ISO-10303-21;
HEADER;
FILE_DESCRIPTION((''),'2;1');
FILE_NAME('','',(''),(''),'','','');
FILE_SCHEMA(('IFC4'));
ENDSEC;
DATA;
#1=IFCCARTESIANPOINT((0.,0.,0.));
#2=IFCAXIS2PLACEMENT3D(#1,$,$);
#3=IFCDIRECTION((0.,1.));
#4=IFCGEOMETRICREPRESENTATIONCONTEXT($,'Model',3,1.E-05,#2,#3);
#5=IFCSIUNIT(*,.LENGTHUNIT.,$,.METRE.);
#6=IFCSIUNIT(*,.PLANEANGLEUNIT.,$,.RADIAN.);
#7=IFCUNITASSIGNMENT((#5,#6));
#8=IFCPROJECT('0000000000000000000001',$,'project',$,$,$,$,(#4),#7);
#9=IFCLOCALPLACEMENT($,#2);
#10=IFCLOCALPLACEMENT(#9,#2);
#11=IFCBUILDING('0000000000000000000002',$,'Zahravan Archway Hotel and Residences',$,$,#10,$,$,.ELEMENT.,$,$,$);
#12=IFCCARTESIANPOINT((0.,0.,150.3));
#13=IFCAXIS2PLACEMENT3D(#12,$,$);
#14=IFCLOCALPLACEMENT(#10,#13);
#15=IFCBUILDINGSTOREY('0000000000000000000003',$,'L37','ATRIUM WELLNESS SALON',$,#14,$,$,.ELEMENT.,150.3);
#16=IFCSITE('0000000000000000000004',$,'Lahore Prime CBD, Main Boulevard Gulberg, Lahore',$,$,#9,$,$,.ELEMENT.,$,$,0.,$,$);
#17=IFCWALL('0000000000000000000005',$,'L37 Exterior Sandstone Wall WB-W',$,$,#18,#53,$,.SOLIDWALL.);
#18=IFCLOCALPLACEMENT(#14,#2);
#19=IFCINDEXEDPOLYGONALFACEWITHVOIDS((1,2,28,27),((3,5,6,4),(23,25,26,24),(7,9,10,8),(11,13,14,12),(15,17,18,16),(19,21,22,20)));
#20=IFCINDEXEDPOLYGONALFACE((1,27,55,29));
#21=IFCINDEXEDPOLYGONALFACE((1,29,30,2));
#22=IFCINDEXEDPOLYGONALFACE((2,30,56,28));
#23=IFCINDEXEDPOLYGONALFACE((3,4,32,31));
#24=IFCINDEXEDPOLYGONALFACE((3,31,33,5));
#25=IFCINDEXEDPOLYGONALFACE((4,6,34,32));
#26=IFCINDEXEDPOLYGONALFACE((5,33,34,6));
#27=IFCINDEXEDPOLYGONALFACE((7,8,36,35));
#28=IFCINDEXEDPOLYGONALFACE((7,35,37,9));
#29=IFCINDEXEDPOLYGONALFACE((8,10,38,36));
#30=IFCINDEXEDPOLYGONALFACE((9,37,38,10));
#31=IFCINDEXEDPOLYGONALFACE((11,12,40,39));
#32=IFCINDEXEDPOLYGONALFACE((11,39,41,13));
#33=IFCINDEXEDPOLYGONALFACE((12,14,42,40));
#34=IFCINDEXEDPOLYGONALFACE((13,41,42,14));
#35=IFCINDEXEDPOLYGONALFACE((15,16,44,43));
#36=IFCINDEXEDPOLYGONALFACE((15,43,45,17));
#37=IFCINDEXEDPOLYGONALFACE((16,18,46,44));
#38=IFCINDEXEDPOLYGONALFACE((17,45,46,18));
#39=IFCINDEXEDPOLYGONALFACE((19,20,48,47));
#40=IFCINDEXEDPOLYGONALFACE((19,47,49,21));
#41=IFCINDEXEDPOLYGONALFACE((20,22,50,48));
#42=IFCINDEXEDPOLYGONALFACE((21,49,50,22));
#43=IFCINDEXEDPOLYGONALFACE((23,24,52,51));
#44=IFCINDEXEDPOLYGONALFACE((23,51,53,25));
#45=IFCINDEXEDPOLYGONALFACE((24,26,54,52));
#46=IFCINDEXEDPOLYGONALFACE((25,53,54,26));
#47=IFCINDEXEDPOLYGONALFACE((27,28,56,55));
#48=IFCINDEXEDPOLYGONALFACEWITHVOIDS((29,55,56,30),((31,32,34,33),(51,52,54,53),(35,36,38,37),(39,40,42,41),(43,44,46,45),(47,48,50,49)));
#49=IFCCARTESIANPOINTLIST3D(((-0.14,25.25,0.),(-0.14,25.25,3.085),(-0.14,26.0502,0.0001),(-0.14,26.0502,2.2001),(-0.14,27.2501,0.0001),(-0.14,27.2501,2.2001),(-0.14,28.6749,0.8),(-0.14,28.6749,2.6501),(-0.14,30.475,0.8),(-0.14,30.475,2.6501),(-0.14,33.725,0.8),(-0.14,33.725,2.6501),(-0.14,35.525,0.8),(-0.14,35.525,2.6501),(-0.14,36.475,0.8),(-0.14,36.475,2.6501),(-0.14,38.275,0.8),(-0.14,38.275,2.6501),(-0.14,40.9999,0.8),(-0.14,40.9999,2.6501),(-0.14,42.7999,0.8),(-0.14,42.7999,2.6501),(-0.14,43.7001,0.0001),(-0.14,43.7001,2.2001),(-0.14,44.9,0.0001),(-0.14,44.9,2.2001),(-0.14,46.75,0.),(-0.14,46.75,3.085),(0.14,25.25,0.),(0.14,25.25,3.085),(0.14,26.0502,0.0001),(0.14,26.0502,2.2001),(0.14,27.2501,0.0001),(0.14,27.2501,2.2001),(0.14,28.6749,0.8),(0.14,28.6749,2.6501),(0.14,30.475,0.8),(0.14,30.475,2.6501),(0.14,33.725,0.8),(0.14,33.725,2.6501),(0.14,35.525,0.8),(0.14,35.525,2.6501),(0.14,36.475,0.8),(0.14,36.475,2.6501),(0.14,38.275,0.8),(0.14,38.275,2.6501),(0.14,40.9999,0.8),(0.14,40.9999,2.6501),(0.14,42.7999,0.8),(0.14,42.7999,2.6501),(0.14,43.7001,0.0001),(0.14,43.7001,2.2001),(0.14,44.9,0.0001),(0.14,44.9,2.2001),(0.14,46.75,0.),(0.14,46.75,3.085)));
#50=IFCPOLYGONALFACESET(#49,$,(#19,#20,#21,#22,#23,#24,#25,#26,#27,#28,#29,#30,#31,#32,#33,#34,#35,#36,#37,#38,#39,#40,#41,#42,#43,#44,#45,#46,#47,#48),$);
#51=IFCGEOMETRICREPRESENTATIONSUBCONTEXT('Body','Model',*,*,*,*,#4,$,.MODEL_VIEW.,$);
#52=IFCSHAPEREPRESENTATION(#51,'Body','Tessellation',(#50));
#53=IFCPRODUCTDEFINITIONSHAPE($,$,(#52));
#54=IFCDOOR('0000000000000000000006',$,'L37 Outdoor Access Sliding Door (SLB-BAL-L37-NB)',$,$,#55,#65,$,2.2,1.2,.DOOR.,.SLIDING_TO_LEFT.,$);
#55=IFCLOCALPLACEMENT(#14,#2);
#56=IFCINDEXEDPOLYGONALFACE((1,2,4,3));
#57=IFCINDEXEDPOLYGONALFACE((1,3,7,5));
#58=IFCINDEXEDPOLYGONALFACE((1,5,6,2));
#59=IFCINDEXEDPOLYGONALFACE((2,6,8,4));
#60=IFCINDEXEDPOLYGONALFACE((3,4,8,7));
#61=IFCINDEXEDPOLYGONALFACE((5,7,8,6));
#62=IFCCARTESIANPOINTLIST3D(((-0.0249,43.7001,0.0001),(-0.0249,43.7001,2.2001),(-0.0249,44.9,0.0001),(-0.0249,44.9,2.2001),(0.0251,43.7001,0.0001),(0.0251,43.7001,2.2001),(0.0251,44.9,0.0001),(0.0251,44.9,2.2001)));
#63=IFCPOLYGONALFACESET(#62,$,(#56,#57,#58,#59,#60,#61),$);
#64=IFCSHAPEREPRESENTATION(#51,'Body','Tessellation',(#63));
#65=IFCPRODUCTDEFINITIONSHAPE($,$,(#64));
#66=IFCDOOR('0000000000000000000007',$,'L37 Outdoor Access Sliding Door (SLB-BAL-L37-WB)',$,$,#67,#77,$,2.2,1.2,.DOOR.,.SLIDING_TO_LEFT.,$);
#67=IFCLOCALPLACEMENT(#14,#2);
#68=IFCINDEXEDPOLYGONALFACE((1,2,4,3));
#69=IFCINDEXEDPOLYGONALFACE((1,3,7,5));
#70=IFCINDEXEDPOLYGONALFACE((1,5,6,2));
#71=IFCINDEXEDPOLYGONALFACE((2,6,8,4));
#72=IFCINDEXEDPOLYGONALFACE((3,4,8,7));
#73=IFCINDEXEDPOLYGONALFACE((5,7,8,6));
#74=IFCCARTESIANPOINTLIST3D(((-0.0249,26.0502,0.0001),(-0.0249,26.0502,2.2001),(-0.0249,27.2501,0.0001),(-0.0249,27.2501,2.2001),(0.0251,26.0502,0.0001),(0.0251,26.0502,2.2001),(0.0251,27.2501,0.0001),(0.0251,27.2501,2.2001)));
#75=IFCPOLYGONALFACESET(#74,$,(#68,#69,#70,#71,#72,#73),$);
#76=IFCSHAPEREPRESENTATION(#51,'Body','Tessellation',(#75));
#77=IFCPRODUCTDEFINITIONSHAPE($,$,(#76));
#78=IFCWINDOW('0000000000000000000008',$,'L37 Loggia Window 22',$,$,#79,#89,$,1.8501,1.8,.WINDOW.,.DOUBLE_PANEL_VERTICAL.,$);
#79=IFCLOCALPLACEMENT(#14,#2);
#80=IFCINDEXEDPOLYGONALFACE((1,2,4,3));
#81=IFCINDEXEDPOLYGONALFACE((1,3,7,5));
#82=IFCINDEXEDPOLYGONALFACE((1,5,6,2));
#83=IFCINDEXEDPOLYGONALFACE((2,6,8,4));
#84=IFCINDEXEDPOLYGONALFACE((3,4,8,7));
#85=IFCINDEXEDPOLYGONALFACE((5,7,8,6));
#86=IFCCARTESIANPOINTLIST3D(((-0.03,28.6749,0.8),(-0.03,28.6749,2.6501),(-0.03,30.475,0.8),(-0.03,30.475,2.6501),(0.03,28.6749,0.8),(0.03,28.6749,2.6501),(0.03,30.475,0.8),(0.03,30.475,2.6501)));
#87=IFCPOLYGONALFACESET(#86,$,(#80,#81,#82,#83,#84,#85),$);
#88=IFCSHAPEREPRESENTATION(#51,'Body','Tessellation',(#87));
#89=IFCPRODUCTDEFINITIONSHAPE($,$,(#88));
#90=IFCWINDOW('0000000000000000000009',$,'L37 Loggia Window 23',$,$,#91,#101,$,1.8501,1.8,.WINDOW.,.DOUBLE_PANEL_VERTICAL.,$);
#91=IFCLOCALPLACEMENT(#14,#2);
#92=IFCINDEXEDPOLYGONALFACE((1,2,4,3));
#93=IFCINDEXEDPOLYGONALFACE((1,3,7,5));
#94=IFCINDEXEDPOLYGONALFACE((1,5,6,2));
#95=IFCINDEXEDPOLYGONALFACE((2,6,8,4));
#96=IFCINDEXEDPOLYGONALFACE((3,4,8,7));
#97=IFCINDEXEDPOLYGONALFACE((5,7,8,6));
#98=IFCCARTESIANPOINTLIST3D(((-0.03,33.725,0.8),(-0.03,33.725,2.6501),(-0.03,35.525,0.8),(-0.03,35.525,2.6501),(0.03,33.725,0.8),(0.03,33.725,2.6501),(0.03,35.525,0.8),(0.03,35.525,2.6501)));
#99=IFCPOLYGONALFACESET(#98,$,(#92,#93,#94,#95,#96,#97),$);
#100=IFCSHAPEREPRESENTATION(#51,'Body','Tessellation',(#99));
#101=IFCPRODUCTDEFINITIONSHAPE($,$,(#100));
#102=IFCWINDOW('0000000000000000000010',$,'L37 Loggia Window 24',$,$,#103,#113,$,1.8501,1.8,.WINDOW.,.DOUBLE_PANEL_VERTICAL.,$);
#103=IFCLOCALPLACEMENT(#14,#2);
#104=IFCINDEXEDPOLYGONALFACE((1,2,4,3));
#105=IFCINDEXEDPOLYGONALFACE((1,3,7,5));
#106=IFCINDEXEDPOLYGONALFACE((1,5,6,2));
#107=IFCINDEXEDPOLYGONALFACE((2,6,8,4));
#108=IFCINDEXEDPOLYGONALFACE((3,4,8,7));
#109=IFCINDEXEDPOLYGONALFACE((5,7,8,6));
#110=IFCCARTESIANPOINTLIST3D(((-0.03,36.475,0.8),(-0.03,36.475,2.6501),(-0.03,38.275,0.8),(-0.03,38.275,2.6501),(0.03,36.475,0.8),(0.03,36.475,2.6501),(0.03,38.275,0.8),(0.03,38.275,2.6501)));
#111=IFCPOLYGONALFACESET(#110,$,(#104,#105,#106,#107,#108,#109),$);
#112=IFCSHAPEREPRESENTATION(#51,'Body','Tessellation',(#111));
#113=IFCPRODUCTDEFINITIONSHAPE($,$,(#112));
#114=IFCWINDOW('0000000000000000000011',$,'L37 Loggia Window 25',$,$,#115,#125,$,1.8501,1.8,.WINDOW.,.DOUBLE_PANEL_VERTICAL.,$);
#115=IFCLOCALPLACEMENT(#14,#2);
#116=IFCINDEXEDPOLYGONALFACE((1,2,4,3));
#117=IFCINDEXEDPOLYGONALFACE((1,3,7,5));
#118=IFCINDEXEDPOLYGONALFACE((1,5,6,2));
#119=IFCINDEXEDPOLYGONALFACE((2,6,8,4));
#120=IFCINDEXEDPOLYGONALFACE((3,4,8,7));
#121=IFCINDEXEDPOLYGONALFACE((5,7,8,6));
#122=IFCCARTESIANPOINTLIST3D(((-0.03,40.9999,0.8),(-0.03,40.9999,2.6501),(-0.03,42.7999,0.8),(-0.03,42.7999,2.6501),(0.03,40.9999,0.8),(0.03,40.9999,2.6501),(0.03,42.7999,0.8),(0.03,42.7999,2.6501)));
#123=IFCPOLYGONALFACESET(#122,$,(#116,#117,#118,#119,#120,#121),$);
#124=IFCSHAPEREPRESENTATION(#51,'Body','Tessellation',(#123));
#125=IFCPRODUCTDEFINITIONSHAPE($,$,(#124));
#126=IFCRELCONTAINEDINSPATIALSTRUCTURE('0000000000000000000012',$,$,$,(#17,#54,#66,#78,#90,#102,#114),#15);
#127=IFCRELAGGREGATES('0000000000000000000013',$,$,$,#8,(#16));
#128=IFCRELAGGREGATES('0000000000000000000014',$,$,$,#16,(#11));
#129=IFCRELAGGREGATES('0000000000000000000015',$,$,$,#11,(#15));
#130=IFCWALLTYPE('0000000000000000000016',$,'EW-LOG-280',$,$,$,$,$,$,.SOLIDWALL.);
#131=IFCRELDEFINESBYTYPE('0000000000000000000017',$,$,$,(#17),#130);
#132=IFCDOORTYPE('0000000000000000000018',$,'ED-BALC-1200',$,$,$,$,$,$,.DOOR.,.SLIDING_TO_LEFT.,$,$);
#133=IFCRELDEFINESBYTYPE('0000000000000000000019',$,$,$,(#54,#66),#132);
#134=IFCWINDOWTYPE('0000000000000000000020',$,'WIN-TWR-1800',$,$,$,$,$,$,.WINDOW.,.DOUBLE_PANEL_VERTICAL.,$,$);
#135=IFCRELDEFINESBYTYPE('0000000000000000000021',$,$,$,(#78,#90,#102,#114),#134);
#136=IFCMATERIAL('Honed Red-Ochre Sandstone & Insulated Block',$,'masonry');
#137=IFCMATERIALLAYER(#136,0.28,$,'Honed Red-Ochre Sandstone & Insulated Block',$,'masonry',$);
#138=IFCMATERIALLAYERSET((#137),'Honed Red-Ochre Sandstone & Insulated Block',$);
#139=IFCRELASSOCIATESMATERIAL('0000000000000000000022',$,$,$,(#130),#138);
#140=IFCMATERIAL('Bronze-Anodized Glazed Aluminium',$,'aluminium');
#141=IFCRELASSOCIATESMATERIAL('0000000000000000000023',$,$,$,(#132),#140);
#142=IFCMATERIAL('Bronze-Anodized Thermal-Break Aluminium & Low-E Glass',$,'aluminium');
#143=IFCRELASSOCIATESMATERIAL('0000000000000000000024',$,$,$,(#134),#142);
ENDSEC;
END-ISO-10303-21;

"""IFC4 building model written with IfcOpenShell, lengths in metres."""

from ifc_helpers import new_model, si_unit, direction, frame, frame_2d, origin, place, context, subcontext, project, spatial, rectangle, extrude, source, transform, mapped, material, layer, layer_set, type_object, type_shapes, element, fill, save


model = new_model("IFC4")

# Units and contexts
model_context = context("Model", 3, precision=1e-05, world=origin(), true_north=direction((0.0, 1.0)))
body_context = subcontext(model_context, "Body", "Model", "MODEL_VIEW")
ifc_project = project(units=[si_unit("LENGTHUNIT", "METRE"), si_unit("PLANEANGLEUNIT", "RADIAN")], contexts=[model_context])

# Site, building, storey
site_placement = place(None, origin())
site = spatial("IfcSite", under=ifc_project, at=site_placement, Name="Lahore Prime CBD, Main Boulevard Gulberg, Lahore", CompositionType="ELEMENT", RefElevation=0.0)
building_placement = place(site_placement, origin())
building = spatial("IfcBuilding", under=site, at=building_placement, Name="Zahravan Archway Hotel and Residences", CompositionType="ELEMENT")
storey_placement = place(building_placement, frame((0.0, 0.0, 150.3)))
storey = spatial("IfcBuildingStorey", under=building, at=storey_placement, Name="L37", Description="ATRIUM WELLNESS SALON", CompositionType="ELEMENT", Elevation=150.3)

# Shared definitions
ifc_material_1 = material(Name="Honed Red-Ochre Sandstone & Insulated Block", Category="masonry")
ifc_layer_1 = layer(ifc_material_1, 0.28, Name="Honed Red-Ochre Sandstone & Insulated Block", Category="masonry")
ifc_layer_set_1 = layer_set([ifc_layer_1], Name="Honed Red-Ochre Sandstone & Insulated Block")
wall_type_1 = type_object("IfcWallType", Name="EW-LOG-280", PredefinedType="SOLIDWALL", material=ifc_layer_set_1)
ifc_material_2 = material(Name="Bronze-Anodized Thermal-Break Aluminium & Low-E Glass", Category="aluminium")

# Wall, openings, doors, windows
wall_1_placement = place(storey_placement, frame((0.0, 25.25, 0.0), z_axis=(0.0, 0.0, 1.0), x_axis=(0.0, 1.0, 0.0)))
wall_1 = element("IfcWall", 1, at=wall_1_placement, inside=storey, type_object=wall_type_1, Name="L37 Exterior Sandstone Wall WB-W", PredefinedType="SOLIDWALL", context=body_context, shape_type="SweptSolid", body=[
    extrude(rectangle(XDim=21.5, YDim=0.28, at=frame_2d((10.75, 0.0))), origin(), (0.0, 0.0, 1.0), 3.085),
])
opening_1_placement = place(wall_1_placement, frame((18.45, 0.0, 0.0)))
opening_1 = element("IfcOpeningElement", 2, at=opening_1_placement, cuts=wall_1, PredefinedType="OPENING", context=body_context, shape_type="SweptSolid", body=[
    extrude(rectangle(XDim=1.2, YDim=2.2, at=frame_2d((0.6001, 1.1001))), frame((0.0, 0.1499, 0.0), z_axis=(0.0, -1.0, 0.0), x_axis=(1.0, 0.0, 0.0)), (0.0, 0.0, 1.0), 0.3),
])
opening_2_placement = place(wall_1_placement, frame((0.8, 0.0, 0.0)))
opening_2 = element("IfcOpeningElement", 3, at=opening_2_placement, cuts=wall_1, PredefinedType="OPENING", context=body_context, shape_type="SweptSolid", body=[
    extrude(rectangle(XDim=1.2, YDim=2.2, at=frame_2d((0.6001, 1.1001))), frame((0.0, 0.1499, 0.0), z_axis=(0.0, -1.0, 0.0), x_axis=(1.0, 0.0, 0.0)), (0.0, 0.0, 1.0), 0.3),
])
opening_3_placement = place(wall_1_placement, frame((3.425, 0.0, 0.8)))
opening_3 = element("IfcOpeningElement", 4, at=opening_3_placement, cuts=wall_1, PredefinedType="OPENING", context=body_context, shape_type="SweptSolid", body=[
    extrude(rectangle(XDim=1.8, YDim=1.8501, at=frame_2d((0.8999, 0.925))), frame((0.0, 0.1499, 0.0), z_axis=(0.0, -1.0, 0.0), x_axis=(1.0, 0.0, 0.0)), (0.0, 0.0, 1.0), 0.3),
])
opening_4_placement = place(wall_1_placement, frame((8.4751, 0.0, 0.8)))
opening_4 = element("IfcOpeningElement", 5, at=opening_4_placement, cuts=wall_1, PredefinedType="OPENING", context=body_context, shape_type="SweptSolid", body=[
    extrude(rectangle(XDim=1.8, YDim=1.8501, at=frame_2d((0.8999, 0.925))), frame((0.0, 0.1499, 0.0), z_axis=(0.0, -1.0, 0.0), x_axis=(1.0, 0.0, 0.0)), (0.0, 0.0, 1.0), 0.3),
])
opening_5_placement = place(wall_1_placement, frame((11.2251, 0.0, 0.8)))
opening_5 = element("IfcOpeningElement", 6, at=opening_5_placement, cuts=wall_1, PredefinedType="OPENING", context=body_context, shape_type="SweptSolid", body=[
    extrude(rectangle(XDim=1.8, YDim=1.8501, at=frame_2d((0.8999, 0.925))), frame((0.0, 0.1499, 0.0), z_axis=(0.0, -1.0, 0.0), x_axis=(1.0, 0.0, 0.0)), (0.0, 0.0, 1.0), 0.3),
])
opening_6_placement = place(wall_1_placement, frame((15.75, 0.0, 0.8)))
opening_6 = element("IfcOpeningElement", 7, at=opening_6_placement, cuts=wall_1, PredefinedType="OPENING", context=body_context, shape_type="SweptSolid", body=[
    extrude(rectangle(XDim=1.8, YDim=1.8501, at=frame_2d((0.8999, 0.925))), frame((0.0, 0.1499, 0.0), z_axis=(0.0, -1.0, 0.0), x_axis=(1.0, 0.0, 0.0)), (0.0, 0.0, 1.0), 0.3),
])
ifc_material_3 = material(Name="Bronze-Anodized Glazed Aluminium", Category="aluminium")
door_type = type_object("IfcDoorType", Name="ED-BALC-1200", OperationType="SLIDING_TO_LEFT", PredefinedType="DOOR", material=ifc_material_3)
shared_shape_1 = source(origin(), body_context, "Body", "SweptSolid", [
    extrude(rectangle(XDim=1.2, YDim=2.2, at=frame_2d((0.6001, 1.1001))), frame((0.0, 0.0249, 0.0), z_axis=(0.0, -1.0, 0.0), x_axis=(1.0, 0.0, 0.0)), (0.0, 0.0, 1.0), 0.05),
])
type_shapes(door_type, [shared_shape_1])
door_1_placement = place(opening_1_placement, origin())
door_1 = element("IfcDoor", 8, at=door_1_placement, inside=storey, type_object=door_type, Name="L37 Outdoor Access Sliding Door (SLB-BAL-L37-NB)", OperationType="SLIDING_TO_LEFT", OverallHeight=2.2, OverallWidth=1.2, PredefinedType="DOOR", context=body_context, shape_type="MappedRepresentation", body=[
    mapped(shared_shape_1, transform((0.0, 0.0, 0.0), scale=1.0)),
])
fill(opening_1, door_1)
door_2_placement = place(opening_2_placement, origin())
door_2 = element("IfcDoor", 9, at=door_2_placement, inside=storey, type_object=door_type, Name="L37 Outdoor Access Sliding Door (SLB-BAL-L37-WB)", OperationType="SLIDING_TO_LEFT", OverallHeight=2.2, OverallWidth=1.2, PredefinedType="DOOR", context=body_context, shape_type="MappedRepresentation", body=[
    mapped(shared_shape_1, transform((0.0, 0.0, 0.0), scale=1.0)),
])
fill(opening_2, door_2)
window_type_1 = type_object("IfcWindowType", Name="WIN-TWR-1800", PartitioningType="DOUBLE_PANEL_VERTICAL", PredefinedType="WINDOW", material=ifc_material_2)
shared_shape_2 = source(origin(), body_context, "Body", "SweptSolid", [
    extrude(rectangle(XDim=1.8, YDim=1.8501, at=frame_2d((0.8999, 0.925))), frame((0.0, 0.03, 0.0), z_axis=(0.0, -1.0, 0.0), x_axis=(1.0, 0.0, 0.0)), (0.0, 0.0, 1.0), 0.0601),
])
type_shapes(window_type_1, [shared_shape_2])
window_1_placement = place(opening_3_placement, origin())
window_1 = element("IfcWindow", 10, at=window_1_placement, inside=storey, type_object=window_type_1, Name="L37 Loggia Window 22", OverallHeight=1.8501, OverallWidth=1.8, PartitioningType="DOUBLE_PANEL_VERTICAL", PredefinedType="WINDOW", context=body_context, shape_type="MappedRepresentation", body=[
    mapped(shared_shape_2, transform((0.0, 0.0, 0.0), scale=1.0)),
])
fill(opening_3, window_1)
window_2_placement = place(opening_4_placement, origin())
window_2 = element("IfcWindow", 11, at=window_2_placement, inside=storey, type_object=window_type_1, Name="L37 Loggia Window 23", OverallHeight=1.8501, OverallWidth=1.8, PartitioningType="DOUBLE_PANEL_VERTICAL", PredefinedType="WINDOW", context=body_context, shape_type="MappedRepresentation", body=[
    mapped(shared_shape_2, transform((0.0, 0.0, 0.0), scale=1.0)),
])
fill(opening_4, window_2)
window_3_placement = place(opening_5_placement, origin())
window_3 = element("IfcWindow", 12, at=window_3_placement, inside=storey, type_object=window_type_1, Name="L37 Loggia Window 24", OverallHeight=1.8501, OverallWidth=1.8, PartitioningType="DOUBLE_PANEL_VERTICAL", PredefinedType="WINDOW", context=body_context, shape_type="MappedRepresentation", body=[
    mapped(shared_shape_2, transform((0.0, 0.0, 0.0), scale=1.0)),
])
fill(opening_5, window_3)
window_4_placement = place(opening_6_placement, origin())
window_4 = element("IfcWindow", 13, at=window_4_placement, inside=storey, type_object=window_type_1, Name="L37 Loggia Window 25", OverallHeight=1.8501, OverallWidth=1.8, PartitioningType="DOUBLE_PANEL_VERTICAL", PredefinedType="WINDOW", context=body_context, shape_type="MappedRepresentation", body=[
    mapped(shared_shape_2, transform((0.0, 0.0, 0.0), scale=1.0)),
])
fill(opening_6, window_4)

save(model, "model.ifc")
